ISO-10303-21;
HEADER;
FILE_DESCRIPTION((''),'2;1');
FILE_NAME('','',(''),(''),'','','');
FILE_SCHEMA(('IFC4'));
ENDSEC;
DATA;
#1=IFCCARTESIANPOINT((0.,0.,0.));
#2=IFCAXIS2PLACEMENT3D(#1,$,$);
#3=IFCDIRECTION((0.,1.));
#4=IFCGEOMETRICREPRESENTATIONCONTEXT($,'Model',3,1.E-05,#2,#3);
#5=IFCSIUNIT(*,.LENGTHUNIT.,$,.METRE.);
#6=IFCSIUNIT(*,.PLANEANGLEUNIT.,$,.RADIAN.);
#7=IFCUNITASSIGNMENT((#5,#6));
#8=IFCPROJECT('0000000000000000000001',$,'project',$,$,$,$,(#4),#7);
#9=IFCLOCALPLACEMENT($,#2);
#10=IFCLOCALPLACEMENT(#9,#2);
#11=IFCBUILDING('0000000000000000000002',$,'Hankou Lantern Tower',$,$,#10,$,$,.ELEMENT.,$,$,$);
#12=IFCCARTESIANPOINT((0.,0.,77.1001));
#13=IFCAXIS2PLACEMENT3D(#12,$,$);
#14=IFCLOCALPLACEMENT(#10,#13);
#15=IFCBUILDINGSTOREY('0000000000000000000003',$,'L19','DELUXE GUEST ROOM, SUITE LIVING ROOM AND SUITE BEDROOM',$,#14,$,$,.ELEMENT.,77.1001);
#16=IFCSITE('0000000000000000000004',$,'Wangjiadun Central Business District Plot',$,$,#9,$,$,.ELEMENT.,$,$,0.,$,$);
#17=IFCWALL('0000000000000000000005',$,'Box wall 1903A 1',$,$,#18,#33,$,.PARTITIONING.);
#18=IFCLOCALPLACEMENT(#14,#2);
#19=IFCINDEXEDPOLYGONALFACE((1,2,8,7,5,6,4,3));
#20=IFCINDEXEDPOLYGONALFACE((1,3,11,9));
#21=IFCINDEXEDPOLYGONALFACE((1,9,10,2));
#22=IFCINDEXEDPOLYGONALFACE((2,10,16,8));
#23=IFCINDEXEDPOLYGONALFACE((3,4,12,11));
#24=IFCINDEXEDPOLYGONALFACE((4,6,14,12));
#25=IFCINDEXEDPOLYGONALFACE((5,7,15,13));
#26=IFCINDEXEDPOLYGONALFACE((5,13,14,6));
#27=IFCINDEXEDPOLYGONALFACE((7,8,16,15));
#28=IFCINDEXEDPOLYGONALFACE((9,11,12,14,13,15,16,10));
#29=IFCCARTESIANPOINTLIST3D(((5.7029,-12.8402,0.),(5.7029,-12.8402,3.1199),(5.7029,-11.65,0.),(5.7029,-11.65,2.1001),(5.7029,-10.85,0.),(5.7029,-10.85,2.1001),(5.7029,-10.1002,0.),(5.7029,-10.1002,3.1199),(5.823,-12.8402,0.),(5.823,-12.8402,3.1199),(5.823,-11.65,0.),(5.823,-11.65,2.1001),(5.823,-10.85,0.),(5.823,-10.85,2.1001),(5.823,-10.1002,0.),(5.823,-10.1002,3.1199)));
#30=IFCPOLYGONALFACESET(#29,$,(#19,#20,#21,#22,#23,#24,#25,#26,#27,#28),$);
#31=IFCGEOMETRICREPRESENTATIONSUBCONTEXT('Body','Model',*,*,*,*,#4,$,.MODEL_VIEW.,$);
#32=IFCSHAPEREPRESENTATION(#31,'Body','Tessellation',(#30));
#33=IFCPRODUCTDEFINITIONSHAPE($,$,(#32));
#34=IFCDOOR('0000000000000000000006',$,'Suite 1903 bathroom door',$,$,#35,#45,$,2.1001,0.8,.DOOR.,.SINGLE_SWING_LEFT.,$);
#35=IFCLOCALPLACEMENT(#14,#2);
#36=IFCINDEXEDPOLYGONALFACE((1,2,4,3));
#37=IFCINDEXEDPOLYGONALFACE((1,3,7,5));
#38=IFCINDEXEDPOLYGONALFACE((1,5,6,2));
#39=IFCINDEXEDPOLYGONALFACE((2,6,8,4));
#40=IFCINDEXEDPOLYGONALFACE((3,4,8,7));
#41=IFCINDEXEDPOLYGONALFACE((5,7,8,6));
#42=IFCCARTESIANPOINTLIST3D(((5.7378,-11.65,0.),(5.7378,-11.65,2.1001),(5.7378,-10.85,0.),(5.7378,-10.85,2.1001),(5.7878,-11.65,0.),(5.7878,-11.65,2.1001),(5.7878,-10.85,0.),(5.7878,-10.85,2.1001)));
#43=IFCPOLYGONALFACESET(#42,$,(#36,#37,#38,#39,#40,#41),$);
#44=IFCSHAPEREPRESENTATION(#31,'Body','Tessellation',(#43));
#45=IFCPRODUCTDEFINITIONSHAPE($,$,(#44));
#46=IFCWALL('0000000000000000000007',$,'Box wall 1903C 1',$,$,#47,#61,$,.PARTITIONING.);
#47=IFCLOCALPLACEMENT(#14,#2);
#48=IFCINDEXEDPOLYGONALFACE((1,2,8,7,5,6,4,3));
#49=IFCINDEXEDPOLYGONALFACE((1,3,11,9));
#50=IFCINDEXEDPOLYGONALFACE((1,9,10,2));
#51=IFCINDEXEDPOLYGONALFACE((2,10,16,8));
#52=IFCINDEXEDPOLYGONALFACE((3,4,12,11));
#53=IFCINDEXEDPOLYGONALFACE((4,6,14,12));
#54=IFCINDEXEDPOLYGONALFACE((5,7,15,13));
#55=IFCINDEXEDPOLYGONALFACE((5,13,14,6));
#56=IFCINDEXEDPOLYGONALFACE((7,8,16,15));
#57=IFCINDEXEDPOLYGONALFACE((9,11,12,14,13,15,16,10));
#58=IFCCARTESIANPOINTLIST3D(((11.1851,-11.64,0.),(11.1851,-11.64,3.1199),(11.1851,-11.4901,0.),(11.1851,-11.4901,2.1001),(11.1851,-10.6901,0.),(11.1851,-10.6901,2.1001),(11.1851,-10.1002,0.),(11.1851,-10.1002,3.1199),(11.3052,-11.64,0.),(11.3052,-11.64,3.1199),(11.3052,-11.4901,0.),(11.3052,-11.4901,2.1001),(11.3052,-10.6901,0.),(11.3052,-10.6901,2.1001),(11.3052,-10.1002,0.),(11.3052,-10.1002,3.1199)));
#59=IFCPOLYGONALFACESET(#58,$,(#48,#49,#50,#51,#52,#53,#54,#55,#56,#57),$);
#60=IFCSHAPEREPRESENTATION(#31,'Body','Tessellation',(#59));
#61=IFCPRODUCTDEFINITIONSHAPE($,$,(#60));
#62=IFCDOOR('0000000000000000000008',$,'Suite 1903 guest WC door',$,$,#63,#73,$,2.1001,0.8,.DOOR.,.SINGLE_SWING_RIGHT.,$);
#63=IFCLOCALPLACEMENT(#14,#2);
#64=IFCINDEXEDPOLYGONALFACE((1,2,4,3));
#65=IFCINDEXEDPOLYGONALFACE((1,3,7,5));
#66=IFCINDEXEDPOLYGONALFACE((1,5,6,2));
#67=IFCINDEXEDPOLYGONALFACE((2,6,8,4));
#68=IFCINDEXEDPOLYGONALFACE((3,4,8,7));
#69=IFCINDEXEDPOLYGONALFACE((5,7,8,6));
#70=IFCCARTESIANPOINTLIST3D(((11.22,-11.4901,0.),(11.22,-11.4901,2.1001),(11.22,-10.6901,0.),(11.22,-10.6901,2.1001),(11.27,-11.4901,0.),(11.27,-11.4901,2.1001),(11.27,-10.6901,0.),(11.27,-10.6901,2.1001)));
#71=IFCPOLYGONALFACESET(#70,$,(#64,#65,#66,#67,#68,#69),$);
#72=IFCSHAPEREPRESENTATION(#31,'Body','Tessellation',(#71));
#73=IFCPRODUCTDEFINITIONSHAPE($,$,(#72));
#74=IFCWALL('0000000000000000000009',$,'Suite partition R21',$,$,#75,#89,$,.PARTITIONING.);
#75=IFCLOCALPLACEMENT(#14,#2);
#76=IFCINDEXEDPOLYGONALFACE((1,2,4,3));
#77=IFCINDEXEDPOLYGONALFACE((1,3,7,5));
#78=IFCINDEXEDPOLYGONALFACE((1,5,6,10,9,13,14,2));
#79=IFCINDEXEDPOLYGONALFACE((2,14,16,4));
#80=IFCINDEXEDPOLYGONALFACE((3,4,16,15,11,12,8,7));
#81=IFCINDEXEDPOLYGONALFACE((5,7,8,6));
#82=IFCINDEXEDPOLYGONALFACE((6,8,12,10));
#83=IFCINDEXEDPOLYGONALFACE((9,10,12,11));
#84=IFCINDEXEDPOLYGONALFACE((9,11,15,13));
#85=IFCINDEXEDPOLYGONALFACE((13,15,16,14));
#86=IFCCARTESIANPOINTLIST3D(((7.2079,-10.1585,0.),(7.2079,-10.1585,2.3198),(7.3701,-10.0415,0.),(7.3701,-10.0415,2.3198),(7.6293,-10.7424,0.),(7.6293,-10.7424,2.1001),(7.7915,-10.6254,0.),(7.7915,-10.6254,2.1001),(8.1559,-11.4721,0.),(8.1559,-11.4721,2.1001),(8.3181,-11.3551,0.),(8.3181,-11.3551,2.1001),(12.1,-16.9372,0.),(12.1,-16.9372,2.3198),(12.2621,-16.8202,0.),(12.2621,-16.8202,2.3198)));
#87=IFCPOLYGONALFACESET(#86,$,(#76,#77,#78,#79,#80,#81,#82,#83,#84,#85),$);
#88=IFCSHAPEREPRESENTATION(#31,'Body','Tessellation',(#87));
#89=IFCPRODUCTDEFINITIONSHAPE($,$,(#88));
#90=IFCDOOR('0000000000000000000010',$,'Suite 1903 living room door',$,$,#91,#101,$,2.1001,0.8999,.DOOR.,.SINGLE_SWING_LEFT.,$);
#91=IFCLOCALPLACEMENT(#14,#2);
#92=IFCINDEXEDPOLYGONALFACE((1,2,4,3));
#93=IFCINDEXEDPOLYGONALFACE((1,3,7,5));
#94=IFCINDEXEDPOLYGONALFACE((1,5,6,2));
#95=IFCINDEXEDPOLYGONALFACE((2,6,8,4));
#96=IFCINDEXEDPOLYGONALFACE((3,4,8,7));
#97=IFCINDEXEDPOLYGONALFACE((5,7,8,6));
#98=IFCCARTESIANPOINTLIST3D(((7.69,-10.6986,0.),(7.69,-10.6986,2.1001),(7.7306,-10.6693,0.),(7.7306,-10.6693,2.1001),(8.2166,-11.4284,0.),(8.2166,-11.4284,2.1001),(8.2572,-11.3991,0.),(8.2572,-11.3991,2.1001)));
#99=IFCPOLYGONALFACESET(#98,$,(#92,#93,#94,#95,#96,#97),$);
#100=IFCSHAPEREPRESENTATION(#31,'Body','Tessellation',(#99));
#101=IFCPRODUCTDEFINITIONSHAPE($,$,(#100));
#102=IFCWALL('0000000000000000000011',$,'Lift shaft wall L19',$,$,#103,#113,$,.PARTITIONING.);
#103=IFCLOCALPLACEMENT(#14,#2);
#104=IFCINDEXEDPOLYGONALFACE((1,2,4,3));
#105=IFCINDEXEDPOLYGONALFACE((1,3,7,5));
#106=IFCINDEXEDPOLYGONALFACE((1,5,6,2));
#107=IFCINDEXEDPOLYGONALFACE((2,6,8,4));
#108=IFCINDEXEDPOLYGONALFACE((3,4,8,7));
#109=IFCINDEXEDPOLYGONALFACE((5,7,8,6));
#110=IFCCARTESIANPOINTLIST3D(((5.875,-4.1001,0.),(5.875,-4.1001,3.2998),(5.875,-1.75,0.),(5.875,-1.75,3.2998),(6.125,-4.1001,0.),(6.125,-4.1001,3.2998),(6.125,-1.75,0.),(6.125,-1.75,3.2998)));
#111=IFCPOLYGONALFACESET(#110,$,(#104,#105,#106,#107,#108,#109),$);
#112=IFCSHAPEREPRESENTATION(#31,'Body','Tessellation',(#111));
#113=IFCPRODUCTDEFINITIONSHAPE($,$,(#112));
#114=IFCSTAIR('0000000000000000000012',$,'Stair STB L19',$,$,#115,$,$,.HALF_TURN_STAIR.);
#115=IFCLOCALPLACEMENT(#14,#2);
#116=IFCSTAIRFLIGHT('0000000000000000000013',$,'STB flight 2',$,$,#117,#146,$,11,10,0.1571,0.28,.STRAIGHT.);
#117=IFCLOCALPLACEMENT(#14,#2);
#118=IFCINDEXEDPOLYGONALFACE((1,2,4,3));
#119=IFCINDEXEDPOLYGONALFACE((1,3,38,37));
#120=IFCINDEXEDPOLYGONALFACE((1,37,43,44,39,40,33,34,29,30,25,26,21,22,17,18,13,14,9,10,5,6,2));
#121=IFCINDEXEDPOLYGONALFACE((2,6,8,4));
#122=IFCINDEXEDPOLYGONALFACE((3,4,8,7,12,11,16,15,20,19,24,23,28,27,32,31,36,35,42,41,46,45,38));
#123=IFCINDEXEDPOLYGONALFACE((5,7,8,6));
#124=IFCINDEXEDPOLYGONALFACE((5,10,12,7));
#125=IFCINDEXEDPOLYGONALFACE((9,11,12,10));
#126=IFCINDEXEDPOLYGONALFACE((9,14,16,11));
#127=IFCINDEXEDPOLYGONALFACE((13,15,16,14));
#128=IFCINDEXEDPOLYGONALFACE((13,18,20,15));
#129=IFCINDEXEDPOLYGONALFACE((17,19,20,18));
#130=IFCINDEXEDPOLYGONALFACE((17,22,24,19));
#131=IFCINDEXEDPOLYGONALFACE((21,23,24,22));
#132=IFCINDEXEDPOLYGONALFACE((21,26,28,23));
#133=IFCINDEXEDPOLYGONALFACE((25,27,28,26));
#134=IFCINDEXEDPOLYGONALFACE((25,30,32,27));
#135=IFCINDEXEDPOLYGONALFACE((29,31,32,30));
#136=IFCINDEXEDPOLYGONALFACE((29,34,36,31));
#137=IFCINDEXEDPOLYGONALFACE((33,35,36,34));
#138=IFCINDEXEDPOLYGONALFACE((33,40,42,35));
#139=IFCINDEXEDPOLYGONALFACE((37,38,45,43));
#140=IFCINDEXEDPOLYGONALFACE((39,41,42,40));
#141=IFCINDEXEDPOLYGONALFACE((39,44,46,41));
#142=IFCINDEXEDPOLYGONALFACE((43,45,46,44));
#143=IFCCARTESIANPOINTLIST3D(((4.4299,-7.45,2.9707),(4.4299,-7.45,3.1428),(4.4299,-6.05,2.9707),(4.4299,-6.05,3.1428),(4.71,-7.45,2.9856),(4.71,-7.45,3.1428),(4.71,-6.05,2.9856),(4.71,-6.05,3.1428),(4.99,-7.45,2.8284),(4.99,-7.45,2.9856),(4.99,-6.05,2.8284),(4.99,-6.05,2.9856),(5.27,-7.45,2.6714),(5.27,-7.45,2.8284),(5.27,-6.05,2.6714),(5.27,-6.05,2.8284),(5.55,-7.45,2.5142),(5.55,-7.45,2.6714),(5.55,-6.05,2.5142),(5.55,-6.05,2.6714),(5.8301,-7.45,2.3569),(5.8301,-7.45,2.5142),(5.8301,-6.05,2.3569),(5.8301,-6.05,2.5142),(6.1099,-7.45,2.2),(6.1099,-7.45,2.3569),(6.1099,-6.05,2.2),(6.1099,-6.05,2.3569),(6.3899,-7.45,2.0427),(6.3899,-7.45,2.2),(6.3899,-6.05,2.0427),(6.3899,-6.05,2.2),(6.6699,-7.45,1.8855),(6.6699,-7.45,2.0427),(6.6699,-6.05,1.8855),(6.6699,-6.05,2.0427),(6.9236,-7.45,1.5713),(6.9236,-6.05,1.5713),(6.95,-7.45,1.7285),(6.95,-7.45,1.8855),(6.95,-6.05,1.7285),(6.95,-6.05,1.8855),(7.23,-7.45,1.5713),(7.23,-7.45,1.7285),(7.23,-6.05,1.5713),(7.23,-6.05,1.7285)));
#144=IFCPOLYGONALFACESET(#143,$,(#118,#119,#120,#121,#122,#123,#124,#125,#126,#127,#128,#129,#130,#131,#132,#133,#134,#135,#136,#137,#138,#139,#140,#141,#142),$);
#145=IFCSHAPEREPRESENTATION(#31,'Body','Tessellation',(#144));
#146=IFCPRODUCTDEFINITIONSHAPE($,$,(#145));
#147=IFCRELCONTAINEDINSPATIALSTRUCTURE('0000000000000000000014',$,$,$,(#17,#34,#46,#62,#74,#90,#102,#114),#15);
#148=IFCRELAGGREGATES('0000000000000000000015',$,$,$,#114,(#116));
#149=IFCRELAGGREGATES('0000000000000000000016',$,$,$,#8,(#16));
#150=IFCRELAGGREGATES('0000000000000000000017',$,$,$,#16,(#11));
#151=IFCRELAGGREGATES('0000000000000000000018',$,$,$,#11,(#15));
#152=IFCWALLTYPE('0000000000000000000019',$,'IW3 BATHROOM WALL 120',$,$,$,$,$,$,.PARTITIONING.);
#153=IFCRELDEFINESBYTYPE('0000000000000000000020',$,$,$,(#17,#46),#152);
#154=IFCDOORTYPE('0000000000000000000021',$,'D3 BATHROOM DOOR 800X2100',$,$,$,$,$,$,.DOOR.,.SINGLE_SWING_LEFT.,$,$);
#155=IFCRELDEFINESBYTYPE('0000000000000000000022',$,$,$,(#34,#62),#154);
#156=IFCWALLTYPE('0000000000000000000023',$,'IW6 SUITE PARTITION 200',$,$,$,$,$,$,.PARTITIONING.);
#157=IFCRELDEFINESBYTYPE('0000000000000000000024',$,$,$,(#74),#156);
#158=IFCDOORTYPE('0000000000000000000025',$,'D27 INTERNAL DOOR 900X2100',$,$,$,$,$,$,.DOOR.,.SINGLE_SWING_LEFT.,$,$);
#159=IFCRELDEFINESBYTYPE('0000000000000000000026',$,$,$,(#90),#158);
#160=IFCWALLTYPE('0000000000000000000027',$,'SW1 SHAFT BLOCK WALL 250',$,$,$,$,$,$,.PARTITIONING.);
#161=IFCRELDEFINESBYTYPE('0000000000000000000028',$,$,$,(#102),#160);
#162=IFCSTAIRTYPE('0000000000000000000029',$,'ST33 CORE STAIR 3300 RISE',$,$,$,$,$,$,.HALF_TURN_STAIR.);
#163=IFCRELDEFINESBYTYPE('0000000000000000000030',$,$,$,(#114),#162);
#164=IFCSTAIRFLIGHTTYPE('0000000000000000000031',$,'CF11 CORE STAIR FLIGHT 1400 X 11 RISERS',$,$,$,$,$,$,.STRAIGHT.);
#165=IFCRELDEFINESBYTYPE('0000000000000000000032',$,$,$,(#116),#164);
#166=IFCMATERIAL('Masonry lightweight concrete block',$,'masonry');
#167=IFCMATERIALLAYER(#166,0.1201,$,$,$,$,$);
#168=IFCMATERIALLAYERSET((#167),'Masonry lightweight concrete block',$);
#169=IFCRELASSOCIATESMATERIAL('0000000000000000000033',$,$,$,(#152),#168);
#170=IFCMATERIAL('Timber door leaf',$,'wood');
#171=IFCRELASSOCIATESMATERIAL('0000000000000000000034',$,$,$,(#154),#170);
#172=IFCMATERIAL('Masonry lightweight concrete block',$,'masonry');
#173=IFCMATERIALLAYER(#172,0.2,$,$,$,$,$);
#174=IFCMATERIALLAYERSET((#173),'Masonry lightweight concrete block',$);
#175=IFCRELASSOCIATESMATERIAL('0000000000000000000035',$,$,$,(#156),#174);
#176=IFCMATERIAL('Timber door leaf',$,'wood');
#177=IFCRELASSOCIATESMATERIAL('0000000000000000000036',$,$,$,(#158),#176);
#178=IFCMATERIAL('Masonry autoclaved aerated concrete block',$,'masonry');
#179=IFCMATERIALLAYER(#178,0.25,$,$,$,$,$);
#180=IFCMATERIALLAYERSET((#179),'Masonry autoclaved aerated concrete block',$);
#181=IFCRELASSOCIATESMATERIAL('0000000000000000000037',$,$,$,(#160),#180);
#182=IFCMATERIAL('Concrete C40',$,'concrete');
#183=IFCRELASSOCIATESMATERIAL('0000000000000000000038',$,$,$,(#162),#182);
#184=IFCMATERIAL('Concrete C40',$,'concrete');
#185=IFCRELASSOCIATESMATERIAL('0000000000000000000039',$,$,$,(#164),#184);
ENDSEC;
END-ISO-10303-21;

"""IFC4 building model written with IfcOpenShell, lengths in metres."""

from ifc_helpers import new_model, si_unit, direction, frame, frame_2d, origin, place, context, subcontext, project, spatial, polyline, rectangle, outline, extrude, material, layer, layer_set, type_object, element, fill, aggregate, save


model = new_model("IFC4")

# Units and contexts
model_context = context("Model", 3, precision=1e-05, world=origin(), true_north=direction((0.0, 1.0)))
body_context = subcontext(model_context, "Body", "Model", "MODEL_VIEW")
ifc_project = project(units=[si_unit("LENGTHUNIT", "METRE"), si_unit("PLANEANGLEUNIT", "RADIAN")], contexts=[model_context])

# Site, building, storey
site_placement = place(None, origin())
site = spatial("IfcSite", under=ifc_project, at=site_placement, Name="Wangjiadun Central Business District Plot", CompositionType="ELEMENT", RefElevation=0.0)
building_placement = place(site_placement, origin())
building = spatial("IfcBuilding", under=site, at=building_placement, Name="Hankou Lantern Tower", CompositionType="ELEMENT")
storey_placement = place(building_placement, frame((0.0, 0.0, 77.1001)))
storey = spatial("IfcBuildingStorey", under=building, at=storey_placement, Name="L19", Description="DELUXE GUEST ROOM, SUITE LIVING ROOM AND SUITE BEDROOM", CompositionType="ELEMENT", Elevation=77.1001)

# Walls, openings, doors
ifc_material_1 = material(Name="Masonry lightweight concrete block", Category="masonry")
ifc_layer_1 = layer(ifc_material_1, 0.1201)
ifc_layer_set_1 = layer_set([ifc_layer_1], Name="Masonry lightweight concrete block")
wall_type_1 = type_object("IfcWallType", Name="IW3 BATHROOM WALL 120", PredefinedType="PARTITIONING", material=ifc_layer_set_1)
wall_1_placement = place(storey_placement, frame((5.7629, -10.1001, 0.0), z_axis=(0.0, 0.0, 1.0), x_axis=(0.0, -1.0, 0.0)))
wall_1 = element("IfcWall", 1, at=wall_1_placement, inside=storey, type_object=wall_type_1, Name="Box wall 1903A 1", PredefinedType="PARTITIONING", context=body_context, shape_type="SweptSolid", body=[
    extrude(rectangle(XDim=2.74, YDim=0.1201, at=frame_2d((1.3701, 0.0))), origin(), (0.0, 0.0, 1.0), 3.1199),
])
opening_1_placement = place(wall_1_placement, frame((0.75, 0.0, 0.0)))
opening_1 = element("IfcOpeningElement", 2, at=opening_1_placement, cuts=wall_1, PredefinedType="OPENING", context=body_context, shape_type="SweptSolid", body=[
    extrude(rectangle(XDim=0.8, YDim=2.1001, at=frame_2d((0.3999, 1.05))), frame((0.0, 0.0701, 0.0), z_axis=(0.0, -1.0, 0.0), x_axis=(1.0, 0.0, 0.0)), (0.0, 0.0, 1.0), 0.1401),
])
ifc_material_2 = material(Name="Timber door leaf", Category="wood")
door_type_1 = type_object("IfcDoorType", Name="D3 BATHROOM DOOR 800X2100", OperationType="SINGLE_SWING_LEFT", PredefinedType="DOOR", material=ifc_material_2)
door_1_placement = place(opening_1_placement, origin())
door_1 = element("IfcDoor", 3, at=door_1_placement, inside=storey, type_object=door_type_1, Name="Suite 1903 bathroom door", OperationType="SINGLE_SWING_LEFT", OverallHeight=2.1001, OverallWidth=0.8, PredefinedType="DOOR", context=body_context, shape_type="SweptSolid", body=[
    extrude(rectangle(XDim=0.8, YDim=2.1001, at=frame_2d((0.3999, 1.05))), frame((0.0, 0.0249, 0.0), z_axis=(0.0, -1.0, 0.0), x_axis=(1.0, 0.0, 0.0)), (0.0, 0.0, 1.0), 0.05),
])
fill(opening_1, door_1)
wall_2_placement = place(storey_placement, frame((11.2451, -10.1001, 0.0), z_axis=(0.0, 0.0, 1.0), x_axis=(0.0, -1.0, 0.0)))
wall_2 = element("IfcWall", 4, at=wall_2_placement, inside=storey, type_object=wall_type_1, Name="Box wall 1903C 1", PredefinedType="PARTITIONING", context=body_context, shape_type="SweptSolid", body=[
    extrude(rectangle(XDim=1.5398, YDim=0.1201, at=frame_2d((0.77, 0.0))), origin(), (0.0, 0.0, 1.0), 3.1199),
])
opening_2_placement = place(wall_2_placement, frame((0.5901, 0.0, 0.0)))
opening_2 = element("IfcOpeningElement", 5, at=opening_2_placement, cuts=wall_2, PredefinedType="OPENING", context=body_context, shape_type="SweptSolid", body=[
    extrude(rectangle(XDim=0.8, YDim=2.1001, at=frame_2d((0.3999, 1.05))), frame((0.0, 0.0701, 0.0), z_axis=(0.0, -1.0, 0.0), x_axis=(1.0, 0.0, 0.0)), (0.0, 0.0, 1.0), 0.1401),
])
door_2_placement = place(opening_2_placement, origin())
door_2 = element("IfcDoor", 6, at=door_2_placement, inside=storey, type_object=door_type_1, Name="Suite 1903 guest WC door", OperationType="SINGLE_SWING_RIGHT", OverallHeight=2.1001, OverallWidth=0.8, PredefinedType="DOOR", context=body_context, shape_type="SweptSolid", body=[
    extrude(rectangle(XDim=0.8, YDim=2.1001, at=frame_2d((0.3999, 1.05))), frame((0.0, 0.0249, 0.0), z_axis=(0.0, -1.0, 0.0), x_axis=(1.0, 0.0, 0.0)), (0.0, 0.0, 1.0), 0.05),
])
fill(opening_2, door_2)
ifc_material_3 = material(Name="Masonry lightweight concrete block", Category="masonry")
ifc_layer_2 = layer(ifc_material_3, 0.2)
ifc_layer_set_2 = layer_set([ifc_layer_2], Name="Masonry lightweight concrete block")
wall_type_2 = type_object("IfcWallType", Name="IW6 SUITE PARTITION 200", PredefinedType="PARTITIONING", material=ifc_layer_set_2)
wall_3_placement = place(storey_placement, frame((7.2891, -10.1001, 0.0), z_axis=(0.0, 0.0, 1.0), x_axis=(0.585198, -0.81089, 0.0)))
wall_3 = element("IfcWall", 7, at=wall_3_placement, inside=storey, type_object=wall_type_2, Name="Suite partition R21", PredefinedType="PARTITIONING", context=body_context, shape_type="SweptSolid", body=[
    extrude(rectangle(XDim=8.3596, YDim=0.2, at=frame_2d((4.1797, 0.0))), origin(), (0.0, 0.0, 1.0), 2.3198),
])
opening_3_placement = place(wall_3_placement, frame((0.72, 0.0, 0.0)))
opening_3 = element("IfcOpeningElement", 8, at=opening_3_placement, cuts=wall_3, PredefinedType="OPENING", context=body_context, shape_type="SweptSolid", body=[
    extrude(rectangle(XDim=0.8999, YDim=2.1001, at=frame_2d((0.45, 1.05))), frame((0.0, 0.1099, 0.0), z_axis=(0.0, -1.0, 0.0), x_axis=(1.0, 0.0, 0.0)), (0.0, 0.0, 1.0), 0.22),
])
ifc_material_4 = material(Name="Timber door leaf", Category="wood")
door_type_2 = type_object("IfcDoorType", Name="D27 INTERNAL DOOR 900X2100", OperationType="SINGLE_SWING_LEFT", PredefinedType="DOOR", material=ifc_material_4)
door_3_placement = place(opening_3_placement, origin())
door_3 = element("IfcDoor", 9, at=door_3_placement, inside=storey, type_object=door_type_2, Name="Suite 1903 living room door", OperationType="SINGLE_SWING_LEFT", OverallHeight=2.1001, OverallWidth=0.8999, PredefinedType="DOOR", context=body_context, shape_type="SweptSolid", body=[
    extrude(rectangle(XDim=0.8999, YDim=2.1001, at=frame_2d((0.45, 1.05))), frame((0.0, 0.0249, 0.0), z_axis=(0.0, -1.0, 0.0), x_axis=(1.0, 0.0, 0.0)), (0.0, 0.0, 1.0), 0.05),
])
fill(opening_3, door_3)

# Wall
ifc_material_5 = material(Name="Masonry autoclaved aerated concrete block", Category="masonry")
ifc_layer_3 = layer(ifc_material_5, 0.25)
ifc_layer_set_3 = layer_set([ifc_layer_3], Name="Masonry autoclaved aerated concrete block")
wall_type_3 = type_object("IfcWallType", Name="SW1 SHAFT BLOCK WALL 250", PredefinedType="PARTITIONING", material=ifc_layer_set_3)
wall_4_placement = place(storey_placement, frame((6.0, -4.1001, 0.0), z_axis=(0.0, 0.0, 1.0), x_axis=(0.0, 1.0, 0.0)))
element("IfcWall", 10, at=wall_4_placement, inside=storey, type_object=wall_type_3, Name="Lift shaft wall L19", PredefinedType="PARTITIONING", context=body_context, shape_type="SweptSolid", body=[
    extrude(rectangle(XDim=2.3501, YDim=0.25, at=frame_2d((1.175, 0.0))), origin(), (0.0, 0.0, 1.0), 3.2998),
])

# Stair, stair flight
ifc_material_6 = material(Name="Concrete C40", Category="concrete")
stair_type = type_object("IfcStairType", Name="ST33 CORE STAIR 3300 RISE", PredefinedType="HALF_TURN_STAIR", material=ifc_material_6)
stair_placement = place(storey_placement, origin())
stair = element("IfcStair", 11, at=stair_placement, inside=storey, type_object=stair_type, Name="Stair STB L19", PredefinedType="HALF_TURN_STAIR")
ifc_material_7 = material(Name="Concrete C40", Category="concrete")
stair_flight_type = type_object("IfcStairFlightType", Name="CF11 CORE STAIR FLIGHT 1400 X 11 RISERS", PredefinedType="STRAIGHT", material=ifc_material_7)
stair_flight_placement = place(storey_placement, frame((7.23, -6.75, 1.5713), z_axis=(0.0, 0.0, 1.0), x_axis=(-1.0, 0.0, 0.0)))
stair_flight = element("IfcStairFlight", 12, at=stair_flight_placement, type_object=stair_flight_type, Name="STB flight 2", NumberOfRisers=11, NumberOfTreads=10, PredefinedType="STRAIGHT", RiserHeight=0.1571, TreadLength=0.28, context=body_context, shape_type="SweptSolid", body=[
    extrude(outline(polyline([(0.0, 0.0), (0.0, 0.1572), (0.28, 0.1572), (0.28, 0.3142), (0.5601, 0.3142), (0.5601, 0.4714), (0.8401, 0.4714), (0.8401, 0.6287), (1.1201, 0.6287), (1.1201, 0.7856), (1.3999, 0.7856), (1.3999, 0.9429), (1.6799, 0.9429), (1.6799, 1.1001), (1.96, 1.1001), (1.96, 1.2571), (2.24, 1.2571), (2.24, 1.4143), (2.52, 1.4143), (2.52, 1.5715), (2.8, 1.5715), (2.8, 1.7285), (2.8, 1.3994), (0.3064, 0.0), (0.0, 0.0)])), frame((0.0, 0.7, 0.0), z_axis=(0.0, -1.0, 0.0), x_axis=(1.0, 0.0, 0.0)), (0.0, 0.0, 1.0), 1.3999),
])
aggregate(stair, [stair_flight])

save(model, "model.ifc")
